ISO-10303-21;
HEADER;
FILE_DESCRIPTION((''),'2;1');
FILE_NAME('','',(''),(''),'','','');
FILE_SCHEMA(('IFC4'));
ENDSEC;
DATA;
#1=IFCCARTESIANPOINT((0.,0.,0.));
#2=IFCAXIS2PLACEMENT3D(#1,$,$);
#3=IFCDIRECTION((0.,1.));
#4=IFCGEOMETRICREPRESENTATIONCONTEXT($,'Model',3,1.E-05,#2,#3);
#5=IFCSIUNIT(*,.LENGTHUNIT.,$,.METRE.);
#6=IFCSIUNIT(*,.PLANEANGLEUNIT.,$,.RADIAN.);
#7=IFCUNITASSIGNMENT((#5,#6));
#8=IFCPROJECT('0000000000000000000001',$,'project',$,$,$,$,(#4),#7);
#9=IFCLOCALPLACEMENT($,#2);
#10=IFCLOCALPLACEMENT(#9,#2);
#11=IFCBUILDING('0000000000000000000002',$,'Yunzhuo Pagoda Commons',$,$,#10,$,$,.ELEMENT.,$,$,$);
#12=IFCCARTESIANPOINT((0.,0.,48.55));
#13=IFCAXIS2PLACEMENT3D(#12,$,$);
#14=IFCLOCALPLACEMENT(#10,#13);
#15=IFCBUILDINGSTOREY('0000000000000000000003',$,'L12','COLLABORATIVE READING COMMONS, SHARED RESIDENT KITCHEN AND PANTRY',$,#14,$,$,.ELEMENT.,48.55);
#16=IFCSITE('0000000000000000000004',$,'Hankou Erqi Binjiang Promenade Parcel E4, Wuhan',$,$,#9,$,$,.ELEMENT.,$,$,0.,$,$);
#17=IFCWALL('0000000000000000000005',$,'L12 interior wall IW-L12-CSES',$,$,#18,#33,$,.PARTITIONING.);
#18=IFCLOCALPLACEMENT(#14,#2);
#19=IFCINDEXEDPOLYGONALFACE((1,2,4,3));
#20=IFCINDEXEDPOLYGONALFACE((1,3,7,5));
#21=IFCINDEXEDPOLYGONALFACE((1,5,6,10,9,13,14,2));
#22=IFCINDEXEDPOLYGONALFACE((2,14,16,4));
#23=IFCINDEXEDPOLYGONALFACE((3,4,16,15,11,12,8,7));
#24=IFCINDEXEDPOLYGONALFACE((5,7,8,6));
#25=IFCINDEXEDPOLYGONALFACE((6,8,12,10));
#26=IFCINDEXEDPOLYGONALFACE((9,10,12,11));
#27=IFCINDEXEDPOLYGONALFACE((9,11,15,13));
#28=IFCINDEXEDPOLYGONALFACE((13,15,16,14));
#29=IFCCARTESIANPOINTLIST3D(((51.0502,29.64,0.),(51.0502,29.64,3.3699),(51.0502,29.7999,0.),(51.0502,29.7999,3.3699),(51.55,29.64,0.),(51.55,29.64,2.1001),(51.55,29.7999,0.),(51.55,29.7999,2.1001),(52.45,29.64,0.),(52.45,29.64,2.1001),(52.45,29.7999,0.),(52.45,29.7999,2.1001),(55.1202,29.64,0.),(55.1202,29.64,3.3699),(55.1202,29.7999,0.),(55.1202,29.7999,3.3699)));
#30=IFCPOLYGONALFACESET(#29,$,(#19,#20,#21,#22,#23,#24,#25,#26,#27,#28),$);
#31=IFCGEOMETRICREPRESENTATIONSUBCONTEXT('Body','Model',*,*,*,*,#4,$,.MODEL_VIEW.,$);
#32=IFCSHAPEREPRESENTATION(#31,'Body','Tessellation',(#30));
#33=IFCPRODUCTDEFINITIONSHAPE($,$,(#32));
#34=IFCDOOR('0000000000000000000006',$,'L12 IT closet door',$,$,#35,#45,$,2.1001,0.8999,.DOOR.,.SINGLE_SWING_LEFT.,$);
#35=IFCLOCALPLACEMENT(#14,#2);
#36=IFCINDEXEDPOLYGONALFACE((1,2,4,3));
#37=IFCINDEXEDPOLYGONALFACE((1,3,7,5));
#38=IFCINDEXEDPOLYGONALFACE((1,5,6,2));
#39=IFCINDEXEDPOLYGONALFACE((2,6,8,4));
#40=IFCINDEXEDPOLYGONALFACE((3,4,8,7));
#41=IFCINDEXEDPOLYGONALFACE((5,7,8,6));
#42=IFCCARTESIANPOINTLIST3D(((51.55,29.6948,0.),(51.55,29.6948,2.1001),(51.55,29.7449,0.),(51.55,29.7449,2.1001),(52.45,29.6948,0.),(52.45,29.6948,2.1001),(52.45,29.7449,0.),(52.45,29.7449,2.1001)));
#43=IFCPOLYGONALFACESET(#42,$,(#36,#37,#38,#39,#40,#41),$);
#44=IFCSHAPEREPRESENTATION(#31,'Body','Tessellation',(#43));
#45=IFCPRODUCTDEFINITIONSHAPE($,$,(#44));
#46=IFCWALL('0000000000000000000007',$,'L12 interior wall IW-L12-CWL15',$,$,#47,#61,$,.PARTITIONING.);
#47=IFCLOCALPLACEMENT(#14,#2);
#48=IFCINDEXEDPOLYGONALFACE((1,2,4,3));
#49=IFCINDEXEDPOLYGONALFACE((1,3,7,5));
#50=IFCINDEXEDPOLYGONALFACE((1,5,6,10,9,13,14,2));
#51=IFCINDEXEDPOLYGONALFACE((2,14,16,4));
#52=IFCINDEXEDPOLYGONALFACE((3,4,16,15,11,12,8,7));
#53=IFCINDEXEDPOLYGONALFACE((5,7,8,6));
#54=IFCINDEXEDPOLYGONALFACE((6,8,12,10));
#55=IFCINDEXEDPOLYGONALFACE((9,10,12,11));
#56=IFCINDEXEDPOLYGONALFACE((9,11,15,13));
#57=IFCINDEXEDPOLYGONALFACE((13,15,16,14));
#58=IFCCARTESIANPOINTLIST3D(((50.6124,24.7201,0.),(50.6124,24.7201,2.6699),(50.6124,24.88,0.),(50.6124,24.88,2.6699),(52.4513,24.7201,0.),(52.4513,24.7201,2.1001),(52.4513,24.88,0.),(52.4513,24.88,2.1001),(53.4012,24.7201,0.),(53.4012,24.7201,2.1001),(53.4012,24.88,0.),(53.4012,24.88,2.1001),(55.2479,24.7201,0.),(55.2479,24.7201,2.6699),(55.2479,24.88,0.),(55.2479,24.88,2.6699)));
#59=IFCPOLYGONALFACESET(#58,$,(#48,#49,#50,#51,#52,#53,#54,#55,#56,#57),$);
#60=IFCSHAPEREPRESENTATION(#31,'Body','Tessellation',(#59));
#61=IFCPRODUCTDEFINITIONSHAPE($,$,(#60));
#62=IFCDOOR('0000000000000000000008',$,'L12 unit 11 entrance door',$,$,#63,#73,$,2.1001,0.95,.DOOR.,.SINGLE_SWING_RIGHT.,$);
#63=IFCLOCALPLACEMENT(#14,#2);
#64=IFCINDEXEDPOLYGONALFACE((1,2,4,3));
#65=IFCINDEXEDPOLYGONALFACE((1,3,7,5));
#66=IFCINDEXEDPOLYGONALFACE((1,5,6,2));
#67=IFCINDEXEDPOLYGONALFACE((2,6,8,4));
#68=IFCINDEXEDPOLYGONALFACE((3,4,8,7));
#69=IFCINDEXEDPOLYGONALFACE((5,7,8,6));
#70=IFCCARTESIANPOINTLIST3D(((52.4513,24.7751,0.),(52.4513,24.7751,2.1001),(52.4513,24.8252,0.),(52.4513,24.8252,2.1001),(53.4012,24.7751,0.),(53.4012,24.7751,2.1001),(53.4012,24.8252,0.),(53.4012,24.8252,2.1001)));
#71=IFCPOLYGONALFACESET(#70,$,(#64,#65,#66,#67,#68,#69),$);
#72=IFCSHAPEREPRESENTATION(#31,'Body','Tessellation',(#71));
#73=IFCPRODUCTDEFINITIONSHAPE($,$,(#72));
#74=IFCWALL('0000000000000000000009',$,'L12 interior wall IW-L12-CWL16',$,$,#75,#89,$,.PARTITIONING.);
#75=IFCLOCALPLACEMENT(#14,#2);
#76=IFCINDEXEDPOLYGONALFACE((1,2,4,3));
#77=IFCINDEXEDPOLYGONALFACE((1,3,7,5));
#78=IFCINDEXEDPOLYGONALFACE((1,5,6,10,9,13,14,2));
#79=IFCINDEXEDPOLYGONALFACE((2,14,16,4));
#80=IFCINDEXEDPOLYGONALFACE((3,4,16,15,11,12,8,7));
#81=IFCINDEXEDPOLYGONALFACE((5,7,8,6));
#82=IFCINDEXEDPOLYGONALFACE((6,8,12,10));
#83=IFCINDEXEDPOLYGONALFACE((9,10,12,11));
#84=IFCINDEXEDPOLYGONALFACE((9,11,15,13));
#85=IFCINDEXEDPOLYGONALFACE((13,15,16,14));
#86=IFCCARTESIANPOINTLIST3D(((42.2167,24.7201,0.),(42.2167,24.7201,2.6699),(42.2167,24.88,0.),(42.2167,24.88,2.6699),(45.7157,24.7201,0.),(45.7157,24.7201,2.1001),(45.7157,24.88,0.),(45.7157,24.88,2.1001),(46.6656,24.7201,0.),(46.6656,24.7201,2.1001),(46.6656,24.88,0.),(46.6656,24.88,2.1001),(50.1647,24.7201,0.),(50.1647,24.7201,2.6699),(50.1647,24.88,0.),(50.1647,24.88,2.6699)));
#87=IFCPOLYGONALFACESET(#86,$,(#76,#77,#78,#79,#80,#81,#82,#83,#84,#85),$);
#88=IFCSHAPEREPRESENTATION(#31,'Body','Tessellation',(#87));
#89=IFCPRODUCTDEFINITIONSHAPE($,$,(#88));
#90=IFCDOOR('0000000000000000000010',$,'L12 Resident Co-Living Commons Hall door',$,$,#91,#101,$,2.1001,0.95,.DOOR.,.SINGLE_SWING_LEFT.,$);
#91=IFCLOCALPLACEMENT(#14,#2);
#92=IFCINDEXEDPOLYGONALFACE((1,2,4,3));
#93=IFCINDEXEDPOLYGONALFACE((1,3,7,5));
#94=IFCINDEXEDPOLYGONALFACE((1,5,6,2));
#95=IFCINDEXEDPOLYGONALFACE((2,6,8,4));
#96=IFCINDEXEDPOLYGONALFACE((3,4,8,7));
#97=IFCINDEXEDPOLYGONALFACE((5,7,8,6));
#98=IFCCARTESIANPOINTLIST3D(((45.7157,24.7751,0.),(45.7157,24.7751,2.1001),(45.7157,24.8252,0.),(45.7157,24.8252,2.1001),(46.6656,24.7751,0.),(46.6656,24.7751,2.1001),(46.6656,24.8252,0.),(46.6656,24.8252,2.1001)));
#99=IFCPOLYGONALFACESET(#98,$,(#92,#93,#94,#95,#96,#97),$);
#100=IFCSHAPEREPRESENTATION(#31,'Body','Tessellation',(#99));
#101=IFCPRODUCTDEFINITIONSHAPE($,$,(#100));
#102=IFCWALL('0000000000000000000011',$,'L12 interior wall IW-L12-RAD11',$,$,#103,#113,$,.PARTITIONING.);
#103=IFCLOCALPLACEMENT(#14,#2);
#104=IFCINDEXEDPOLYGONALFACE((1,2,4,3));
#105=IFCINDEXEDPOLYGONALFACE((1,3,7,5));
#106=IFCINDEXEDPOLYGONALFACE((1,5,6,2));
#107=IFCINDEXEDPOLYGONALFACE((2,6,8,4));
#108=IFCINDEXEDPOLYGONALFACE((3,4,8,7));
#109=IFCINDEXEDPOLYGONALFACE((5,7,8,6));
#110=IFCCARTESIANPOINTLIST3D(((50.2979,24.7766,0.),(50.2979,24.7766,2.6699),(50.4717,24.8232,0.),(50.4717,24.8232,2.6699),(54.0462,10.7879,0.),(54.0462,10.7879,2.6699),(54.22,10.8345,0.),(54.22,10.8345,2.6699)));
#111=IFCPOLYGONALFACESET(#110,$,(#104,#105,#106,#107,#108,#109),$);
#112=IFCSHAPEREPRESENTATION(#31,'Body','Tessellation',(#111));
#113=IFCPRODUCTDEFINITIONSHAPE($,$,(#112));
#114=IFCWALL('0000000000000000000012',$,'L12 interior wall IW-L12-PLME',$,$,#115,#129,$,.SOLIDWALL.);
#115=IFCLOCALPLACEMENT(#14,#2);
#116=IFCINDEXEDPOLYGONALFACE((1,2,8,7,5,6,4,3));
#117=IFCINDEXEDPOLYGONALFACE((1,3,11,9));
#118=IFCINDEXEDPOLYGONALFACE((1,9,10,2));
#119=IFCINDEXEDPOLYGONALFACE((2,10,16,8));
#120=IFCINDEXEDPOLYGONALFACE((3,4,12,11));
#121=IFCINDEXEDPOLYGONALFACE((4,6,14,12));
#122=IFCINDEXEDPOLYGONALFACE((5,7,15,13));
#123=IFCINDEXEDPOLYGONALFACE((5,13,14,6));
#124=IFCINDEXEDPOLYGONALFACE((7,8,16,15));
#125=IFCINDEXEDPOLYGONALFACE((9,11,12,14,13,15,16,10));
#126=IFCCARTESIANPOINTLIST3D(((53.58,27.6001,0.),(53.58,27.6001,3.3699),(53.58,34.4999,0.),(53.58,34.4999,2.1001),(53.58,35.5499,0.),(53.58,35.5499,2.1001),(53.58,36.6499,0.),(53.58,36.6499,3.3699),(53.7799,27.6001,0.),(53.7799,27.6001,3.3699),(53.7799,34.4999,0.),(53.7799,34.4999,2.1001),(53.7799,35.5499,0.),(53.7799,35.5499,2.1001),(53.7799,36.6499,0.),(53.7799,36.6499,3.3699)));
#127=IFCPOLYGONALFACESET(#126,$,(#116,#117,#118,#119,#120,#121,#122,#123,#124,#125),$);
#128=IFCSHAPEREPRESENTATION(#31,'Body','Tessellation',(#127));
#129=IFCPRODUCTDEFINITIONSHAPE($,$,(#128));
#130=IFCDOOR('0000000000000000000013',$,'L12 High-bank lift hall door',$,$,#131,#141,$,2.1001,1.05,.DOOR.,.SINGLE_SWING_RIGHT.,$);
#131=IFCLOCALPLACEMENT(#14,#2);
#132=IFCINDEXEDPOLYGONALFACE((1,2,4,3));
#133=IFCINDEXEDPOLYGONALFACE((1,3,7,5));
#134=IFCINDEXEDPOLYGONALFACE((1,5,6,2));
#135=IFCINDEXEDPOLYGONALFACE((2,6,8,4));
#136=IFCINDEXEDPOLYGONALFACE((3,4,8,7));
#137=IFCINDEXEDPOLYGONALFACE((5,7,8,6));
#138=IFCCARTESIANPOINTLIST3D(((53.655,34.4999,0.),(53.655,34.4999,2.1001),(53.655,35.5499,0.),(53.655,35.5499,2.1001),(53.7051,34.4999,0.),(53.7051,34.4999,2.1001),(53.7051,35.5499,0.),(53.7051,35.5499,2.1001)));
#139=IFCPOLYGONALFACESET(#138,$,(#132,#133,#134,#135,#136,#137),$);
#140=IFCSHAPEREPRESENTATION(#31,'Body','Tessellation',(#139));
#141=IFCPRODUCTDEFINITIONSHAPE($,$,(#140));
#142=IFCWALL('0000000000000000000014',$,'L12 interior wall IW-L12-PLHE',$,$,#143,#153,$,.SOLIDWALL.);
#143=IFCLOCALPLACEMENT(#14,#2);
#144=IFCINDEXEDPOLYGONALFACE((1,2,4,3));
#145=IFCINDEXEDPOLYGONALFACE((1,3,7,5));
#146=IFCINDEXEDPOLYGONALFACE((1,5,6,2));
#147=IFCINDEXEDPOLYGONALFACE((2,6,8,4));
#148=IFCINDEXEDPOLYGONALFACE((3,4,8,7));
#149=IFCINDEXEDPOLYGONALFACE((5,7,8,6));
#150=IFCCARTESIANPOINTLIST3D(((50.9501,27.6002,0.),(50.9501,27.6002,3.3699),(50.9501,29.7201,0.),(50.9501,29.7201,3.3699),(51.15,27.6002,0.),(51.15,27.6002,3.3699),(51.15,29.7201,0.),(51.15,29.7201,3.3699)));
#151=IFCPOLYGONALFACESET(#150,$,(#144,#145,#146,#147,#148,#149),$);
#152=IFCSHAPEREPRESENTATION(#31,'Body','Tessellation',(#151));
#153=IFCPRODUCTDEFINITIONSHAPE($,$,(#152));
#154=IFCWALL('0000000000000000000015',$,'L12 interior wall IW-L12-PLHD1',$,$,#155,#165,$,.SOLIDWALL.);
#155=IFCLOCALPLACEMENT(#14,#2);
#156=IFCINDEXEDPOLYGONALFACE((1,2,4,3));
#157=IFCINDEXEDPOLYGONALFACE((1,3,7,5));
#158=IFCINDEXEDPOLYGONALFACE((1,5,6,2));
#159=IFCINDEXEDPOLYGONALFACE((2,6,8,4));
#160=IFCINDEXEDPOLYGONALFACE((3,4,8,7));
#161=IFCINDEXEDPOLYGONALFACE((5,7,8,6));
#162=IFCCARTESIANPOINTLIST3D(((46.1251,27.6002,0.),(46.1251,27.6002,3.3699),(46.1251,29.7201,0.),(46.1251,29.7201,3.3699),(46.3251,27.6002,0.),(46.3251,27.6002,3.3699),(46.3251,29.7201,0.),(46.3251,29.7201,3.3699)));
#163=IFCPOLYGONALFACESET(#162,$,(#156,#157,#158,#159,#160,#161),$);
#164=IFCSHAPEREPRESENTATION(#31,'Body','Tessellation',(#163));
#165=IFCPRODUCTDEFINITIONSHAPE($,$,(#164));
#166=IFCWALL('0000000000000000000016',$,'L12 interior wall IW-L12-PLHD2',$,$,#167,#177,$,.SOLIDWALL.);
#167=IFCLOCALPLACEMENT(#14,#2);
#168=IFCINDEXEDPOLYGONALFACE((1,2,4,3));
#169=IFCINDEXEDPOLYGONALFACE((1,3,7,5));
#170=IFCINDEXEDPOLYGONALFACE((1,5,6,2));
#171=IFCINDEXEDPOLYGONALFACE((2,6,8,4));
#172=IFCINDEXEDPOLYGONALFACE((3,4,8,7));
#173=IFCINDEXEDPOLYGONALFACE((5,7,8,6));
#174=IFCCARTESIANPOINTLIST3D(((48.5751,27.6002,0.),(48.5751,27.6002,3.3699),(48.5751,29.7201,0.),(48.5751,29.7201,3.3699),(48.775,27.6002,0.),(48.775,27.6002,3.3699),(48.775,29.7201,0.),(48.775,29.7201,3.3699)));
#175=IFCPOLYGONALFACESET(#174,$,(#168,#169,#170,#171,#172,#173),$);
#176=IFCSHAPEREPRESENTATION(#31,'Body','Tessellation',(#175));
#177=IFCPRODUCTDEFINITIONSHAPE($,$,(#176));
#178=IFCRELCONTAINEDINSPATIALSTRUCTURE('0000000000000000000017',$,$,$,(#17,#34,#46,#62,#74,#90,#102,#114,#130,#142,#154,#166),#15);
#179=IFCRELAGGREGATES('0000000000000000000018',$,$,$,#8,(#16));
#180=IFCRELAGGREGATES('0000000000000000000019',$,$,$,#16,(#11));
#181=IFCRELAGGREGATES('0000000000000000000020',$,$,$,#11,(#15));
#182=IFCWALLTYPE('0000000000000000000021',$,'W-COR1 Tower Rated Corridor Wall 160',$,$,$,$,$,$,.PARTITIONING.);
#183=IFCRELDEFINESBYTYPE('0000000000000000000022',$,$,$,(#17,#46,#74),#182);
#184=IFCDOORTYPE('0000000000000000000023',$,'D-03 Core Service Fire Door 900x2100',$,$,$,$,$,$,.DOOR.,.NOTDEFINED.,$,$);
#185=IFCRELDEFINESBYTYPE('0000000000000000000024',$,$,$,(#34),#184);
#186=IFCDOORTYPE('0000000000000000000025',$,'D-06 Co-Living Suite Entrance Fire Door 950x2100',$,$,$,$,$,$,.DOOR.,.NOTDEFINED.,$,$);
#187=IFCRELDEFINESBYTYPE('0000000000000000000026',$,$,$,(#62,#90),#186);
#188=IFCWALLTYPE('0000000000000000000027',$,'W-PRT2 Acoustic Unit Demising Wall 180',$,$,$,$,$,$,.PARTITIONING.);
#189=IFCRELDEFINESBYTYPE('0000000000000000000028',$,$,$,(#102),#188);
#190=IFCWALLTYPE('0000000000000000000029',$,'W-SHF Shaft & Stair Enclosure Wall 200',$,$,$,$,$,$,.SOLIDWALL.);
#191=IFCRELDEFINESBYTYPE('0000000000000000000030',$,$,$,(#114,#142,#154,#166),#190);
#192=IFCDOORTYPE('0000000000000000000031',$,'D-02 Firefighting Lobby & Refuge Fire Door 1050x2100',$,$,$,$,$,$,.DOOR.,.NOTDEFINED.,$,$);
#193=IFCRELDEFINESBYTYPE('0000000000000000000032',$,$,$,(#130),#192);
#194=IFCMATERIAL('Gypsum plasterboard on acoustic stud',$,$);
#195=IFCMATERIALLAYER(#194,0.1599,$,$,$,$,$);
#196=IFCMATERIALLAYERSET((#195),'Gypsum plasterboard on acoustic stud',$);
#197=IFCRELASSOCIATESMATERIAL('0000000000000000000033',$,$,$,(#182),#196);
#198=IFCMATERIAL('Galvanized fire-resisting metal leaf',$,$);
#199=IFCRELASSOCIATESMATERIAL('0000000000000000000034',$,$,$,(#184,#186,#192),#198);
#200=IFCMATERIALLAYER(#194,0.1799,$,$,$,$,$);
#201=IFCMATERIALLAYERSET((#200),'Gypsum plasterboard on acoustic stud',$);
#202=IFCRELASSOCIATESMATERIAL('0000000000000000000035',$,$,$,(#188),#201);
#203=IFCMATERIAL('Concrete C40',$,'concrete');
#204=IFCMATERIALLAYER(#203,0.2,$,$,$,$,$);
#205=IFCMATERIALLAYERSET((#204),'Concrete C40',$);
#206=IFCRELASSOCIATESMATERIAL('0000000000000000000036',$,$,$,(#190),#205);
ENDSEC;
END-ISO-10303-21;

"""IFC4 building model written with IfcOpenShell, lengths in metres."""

from ifc_helpers import new_model, si_unit, direction, frame, frame_2d, origin, origin_with_axes, place, context, subcontext, project, spatial, rectangle, extrude, source, transform, mapped, material, layer, layer_set, type_object, element, fill, save


model = new_model("IFC4")

# Units and contexts
model_context = context("Model", 3, precision=1e-05, world=origin(), true_north=direction((0.0, 1.0)))
body_context = subcontext(model_context, "Body", "Model", "MODEL_VIEW")
ifc_project = project(units=[si_unit("LENGTHUNIT", "METRE"), si_unit("PLANEANGLEUNIT", "RADIAN")], contexts=[model_context])

# Site, building, storey
site_placement = place(None, origin())
site = spatial("IfcSite", under=ifc_project, at=site_placement, Name="Hankou Erqi Binjiang Promenade Parcel E4, Wuhan", CompositionType="ELEMENT", RefElevation=0.0)
building_placement = place(site_placement, origin())
building = spatial("IfcBuilding", under=site, at=building_placement, Name="Yunzhuo Pagoda Commons", CompositionType="ELEMENT")
storey_placement = place(building_placement, frame((0.0, 0.0, 48.55)))
storey = spatial("IfcBuildingStorey", under=building, at=storey_placement, Name="L12", Description="COLLABORATIVE READING COMMONS, SHARED RESIDENT KITCHEN AND PANTRY", CompositionType="ELEMENT", Elevation=48.55)

# Walls, openings, doors
ifc_material_1 = material(Name="Gypsum plasterboard on acoustic stud")
ifc_layer_1 = layer(ifc_material_1, 0.1599)
ifc_layer_set_1 = layer_set([ifc_layer_1], Name="Gypsum plasterboard on acoustic stud")
wall_type_1 = type_object("IfcWallType", Name="W-COR1 Tower Rated Corridor Wall 160", PredefinedType="PARTITIONING", material=ifc_layer_set_1)
wall_1_placement = place(storey_placement, frame((51.05, 29.72, 0.0), z_axis=(0.0, 0.0, 1.0), x_axis=(1.0, 0.0, 0.0)))
wall_1 = element("IfcWall", 1, at=wall_1_placement, inside=storey, type_object=wall_type_1, Name="L12 interior wall IW-L12-CSES", PredefinedType="PARTITIONING", context=body_context, shape_type="SweptSolid", body=[
    extrude(rectangle(XDim=4.0701, YDim=0.1599, at=frame_2d((2.0352, 0.0))), origin(), (0.0, 0.0, 1.0), 3.3699),
])
opening_1_placement = place(wall_1_placement, frame((0.5, 0.0, 0.0)))
opening_1 = element("IfcOpeningElement", 2, at=opening_1_placement, cuts=wall_1, PredefinedType="OPENING", context=body_context, shape_type="SweptSolid", body=[
    extrude(rectangle(XDim=0.8999, YDim=2.1001, at=frame_2d((0.45, 1.05))), frame((0.0, 0.0898, 0.0), z_axis=(0.0, -1.0, 0.0), x_axis=(1.0, 0.0, 0.0)), (0.0, 0.0, 1.0), 0.1799),
])
ifc_material_2 = material(Name="Galvanized fire-resisting metal leaf")
door_type_1 = type_object("IfcDoorType", Name="D-03 Core Service Fire Door 900x2100", OperationType="NOTDEFINED", PredefinedType="DOOR", material=ifc_material_2)
shared_shape_1 = source(origin(), body_context, "Body", "SweptSolid", [
    extrude(rectangle(XDim=0.8999, YDim=2.1001, at=frame_2d((0.45, 1.05))), frame((0.0, 0.0249, 0.0), z_axis=(0.0, -1.0, 0.0), x_axis=(1.0, 0.0, 0.0)), (0.0, 0.0, 1.0), 0.05),
])
door_1_placement = place(opening_1_placement, origin_with_axes())
door_1 = element("IfcDoor", 3, at=door_1_placement, inside=storey, type_object=door_type_1, Name="L12 IT closet door", OperationType="SINGLE_SWING_LEFT", OverallHeight=2.1001, OverallWidth=0.8999, PredefinedType="DOOR", context=body_context, shape_type="MappedRepresentation", body=[
    mapped(shared_shape_1, transform((0.0, 0.0, 0.0), scale=1.0)),
])
fill(opening_1, door_1)
wall_2_placement = place(storey_placement, frame((55.248, 24.8, 0.0), z_axis=(0.0, 0.0, 1.0), x_axis=(-1.0, 0.0, 0.0)))
wall_2 = element("IfcWall", 4, at=wall_2_placement, inside=storey, type_object=wall_type_1, Name="L12 interior wall IW-L12-CWL15", PredefinedType="PARTITIONING", context=body_context, shape_type="SweptSolid", body=[
    extrude(rectangle(XDim=4.6355, YDim=0.1599, at=frame_2d((2.3179, 0.0))), origin(), (0.0, 0.0, 1.0), 2.6699),
])
opening_2_placement = place(wall_2_placement, frame((1.8467, 0.0, 0.0)))
opening_2 = element("IfcOpeningElement", 5, at=opening_2_placement, cuts=wall_2, PredefinedType="OPENING", context=body_context, shape_type="SweptSolid", body=[
    extrude(rectangle(XDim=0.95, YDim=2.1001, at=frame_2d((0.4751, 1.05))), frame((0.0, 0.0898, 0.0), z_axis=(0.0, -1.0, 0.0), x_axis=(1.0, 0.0, 0.0)), (0.0, 0.0, 1.0), 0.1799),
])
door_type_2 = type_object("IfcDoorType", Name="D-06 Co-Living Suite Entrance Fire Door 950x2100", OperationType="NOTDEFINED", PredefinedType="DOOR", material=ifc_material_2)
shared_shape_2 = source(origin(), body_context, "Body", "SweptSolid", [
    extrude(rectangle(XDim=0.95, YDim=2.1001, at=frame_2d((0.4751, 1.05))), frame((0.0, 0.0249, 0.0), z_axis=(0.0, -1.0, 0.0), x_axis=(1.0, 0.0, 0.0)), (0.0, 0.0, 1.0), 0.05),
])
door_2_placement = place(opening_2_placement, origin_with_axes())
door_2 = element("IfcDoor", 6, at=door_2_placement, inside=storey, type_object=door_type_2, Name="L12 unit 11 entrance door", OperationType="SINGLE_SWING_RIGHT", OverallHeight=2.1001, OverallWidth=0.95, PredefinedType="DOOR", context=body_context, shape_type="MappedRepresentation", body=[
    mapped(shared_shape_2, transform((0.0, 0.0, 0.0), scale=1.0)),
])
fill(opening_2, door_2)
wall_3_placement = place(storey_placement, frame((50.1648, 24.8, 0.0), z_axis=(0.0, 0.0, 1.0), x_axis=(-1.0, 0.0, 0.0)))
wall_3 = element("IfcWall", 7, at=wall_3_placement, inside=storey, type_object=wall_type_1, Name="L12 interior wall IW-L12-CWL16", PredefinedType="PARTITIONING", context=body_context, shape_type="SweptSolid", body=[
    extrude(rectangle(XDim=7.948, YDim=0.1599, at=frame_2d((3.9741, 0.0))), origin(), (0.0, 0.0, 1.0), 2.6699),
])
opening_3_placement = place(wall_3_placement, frame((3.499, 0.0, 0.0)))
opening_3 = element("IfcOpeningElement", 8, at=opening_3_placement, cuts=wall_3, PredefinedType="OPENING", context=body_context, shape_type="SweptSolid", body=[
    extrude(rectangle(XDim=0.95, YDim=2.1001, at=frame_2d((0.4751, 1.05))), frame((0.0, 0.0898, 0.0), z_axis=(0.0, -1.0, 0.0), x_axis=(1.0, 0.0, 0.0)), (0.0, 0.0, 1.0), 0.1799),
])
door_3_placement = place(opening_3_placement, origin_with_axes())
door_3 = element("IfcDoor", 9, at=door_3_placement, inside=storey, type_object=door_type_2, Name="L12 Resident Co-Living Commons Hall door", OperationType="SINGLE_SWING_LEFT", OverallHeight=2.1001, OverallWidth=0.95, PredefinedType="DOOR", context=body_context, shape_type="MappedRepresentation", body=[
    mapped(shared_shape_2, transform((0.0, 0.0, 0.0), scale=1.0)),
])
fill(opening_3, door_3)

# Wall
ifc_layer_2 = layer(ifc_material_1, 0.1799)
ifc_layer_set_2 = layer_set([ifc_layer_2], Name="Gypsum plasterboard on acoustic stud")
wall_type_2 = type_object("IfcWallType", Name="W-PRT2 Acoustic Unit Demising Wall 180", PredefinedType="PARTITIONING", material=ifc_layer_set_2)
wall_4_placement = place(storey_placement, frame((50.3848, 24.8, 0.0), z_axis=(0.0, 0.0, 1.0), x_axis=(0.25882, -0.965926, 0.0)))
element("IfcWall", 10, at=wall_4_placement, inside=storey, type_object=wall_type_2, Name="L12 interior wall IW-L12-RAD11", PredefinedType="PARTITIONING", context=body_context, shape_type="SweptSolid", body=[
    extrude(rectangle(XDim=14.4822, YDim=0.1799, at=frame_2d((7.2412, 0.0))), origin(), (0.0, 0.0, 1.0), 2.6699),
])

# Wall, opening, door
ifc_material_3 = material(Name="Concrete C40", Category="concrete")
ifc_layer_3 = layer(ifc_material_3, 0.2)
ifc_layer_set_3 = layer_set([ifc_layer_3], Name="Concrete C40")
wall_type_3 = type_object("IfcWallType", Name="W-SHF Shaft & Stair Enclosure Wall 200", PredefinedType="SOLIDWALL", material=ifc_layer_set_3)
wall_5_placement = place(storey_placement, frame((53.6799, 27.6001, 0.0), z_axis=(0.0, 0.0, 1.0), x_axis=(0.0, 1.0, 0.0)))
wall_5 = element("IfcWall", 11, at=wall_5_placement, inside=storey, type_object=wall_type_3, Name="L12 interior wall IW-L12-PLME", PredefinedType="SOLIDWALL", context=body_context, shape_type="SweptSolid", body=[
    extrude(rectangle(XDim=9.0498, YDim=0.2, at=frame_2d((4.5249, 0.0))), origin(), (0.0, 0.0, 1.0), 3.3699),
])
opening_4_placement = place(wall_5_placement, frame((6.8999, 0.0, 0.0)))
opening_4 = element("IfcOpeningElement", 12, at=opening_4_placement, cuts=wall_5, PredefinedType="OPENING", context=body_context, shape_type="SweptSolid", body=[
    extrude(rectangle(XDim=1.05, YDim=2.1001, at=frame_2d((0.5249, 1.05))), frame((0.0, 0.1099, 0.0), z_axis=(0.0, -1.0, 0.0), x_axis=(1.0, 0.0, 0.0)), (0.0, 0.0, 1.0), 0.22),
])
door_type_3 = type_object("IfcDoorType", Name="D-02 Firefighting Lobby & Refuge Fire Door 1050x2100", OperationType="NOTDEFINED", PredefinedType="DOOR", material=ifc_material_2)
shared_shape_3 = source(origin(), body_context, "Body", "SweptSolid", [
    extrude(rectangle(XDim=1.05, YDim=2.1001, at=frame_2d((0.5249, 1.05))), frame((0.0, 0.0249, 0.0), z_axis=(0.0, -1.0, 0.0), x_axis=(1.0, 0.0, 0.0)), (0.0, 0.0, 1.0), 0.05),
])
door_4_placement = place(opening_4_placement, origin_with_axes())
door_4 = element("IfcDoor", 13, at=door_4_placement, inside=storey, type_object=door_type_3, Name="L12 High-bank lift hall door", OperationType="SINGLE_SWING_RIGHT", OverallHeight=2.1001, OverallWidth=1.05, PredefinedType="DOOR", context=body_context, shape_type="MappedRepresentation", body=[
    mapped(shared_shape_3, transform((0.0, 0.0, 0.0), scale=1.0)),
])
fill(opening_4, door_4)

# Walls
for number, where, z_axis, x_axis, name in (
    (14, (51.05, 27.6001, 0.0), (0.0, 0.0, 1.0), (0.0, 1.0, 0.0), "L12 interior wall IW-L12-PLHE"),
    (15, (46.2251, 27.6001, 0.0), (0.0, 0.0, 1.0), (0.0, 1.0, 0.0), "L12 interior wall IW-L12-PLHD1"),
    (16, (48.675, 27.6001, 0.0), (0.0, 0.0, 1.0), (0.0, 1.0, 0.0), "L12 interior wall IW-L12-PLHD2"),
):
    element("IfcWall", number, at=place(storey_placement, frame(where, z_axis=z_axis, x_axis=x_axis)), inside=storey, type_object=wall_type_3, Name=name, PredefinedType="SOLIDWALL", context=body_context, shape_type="SweptSolid", body=[
        extrude(rectangle(XDim=2.1199, YDim=0.2, at=frame_2d((1.0601, 0.0))), origin(), (0.0, 0.0, 1.0), 3.3699),
    ])

save(model, "model.ifc")
